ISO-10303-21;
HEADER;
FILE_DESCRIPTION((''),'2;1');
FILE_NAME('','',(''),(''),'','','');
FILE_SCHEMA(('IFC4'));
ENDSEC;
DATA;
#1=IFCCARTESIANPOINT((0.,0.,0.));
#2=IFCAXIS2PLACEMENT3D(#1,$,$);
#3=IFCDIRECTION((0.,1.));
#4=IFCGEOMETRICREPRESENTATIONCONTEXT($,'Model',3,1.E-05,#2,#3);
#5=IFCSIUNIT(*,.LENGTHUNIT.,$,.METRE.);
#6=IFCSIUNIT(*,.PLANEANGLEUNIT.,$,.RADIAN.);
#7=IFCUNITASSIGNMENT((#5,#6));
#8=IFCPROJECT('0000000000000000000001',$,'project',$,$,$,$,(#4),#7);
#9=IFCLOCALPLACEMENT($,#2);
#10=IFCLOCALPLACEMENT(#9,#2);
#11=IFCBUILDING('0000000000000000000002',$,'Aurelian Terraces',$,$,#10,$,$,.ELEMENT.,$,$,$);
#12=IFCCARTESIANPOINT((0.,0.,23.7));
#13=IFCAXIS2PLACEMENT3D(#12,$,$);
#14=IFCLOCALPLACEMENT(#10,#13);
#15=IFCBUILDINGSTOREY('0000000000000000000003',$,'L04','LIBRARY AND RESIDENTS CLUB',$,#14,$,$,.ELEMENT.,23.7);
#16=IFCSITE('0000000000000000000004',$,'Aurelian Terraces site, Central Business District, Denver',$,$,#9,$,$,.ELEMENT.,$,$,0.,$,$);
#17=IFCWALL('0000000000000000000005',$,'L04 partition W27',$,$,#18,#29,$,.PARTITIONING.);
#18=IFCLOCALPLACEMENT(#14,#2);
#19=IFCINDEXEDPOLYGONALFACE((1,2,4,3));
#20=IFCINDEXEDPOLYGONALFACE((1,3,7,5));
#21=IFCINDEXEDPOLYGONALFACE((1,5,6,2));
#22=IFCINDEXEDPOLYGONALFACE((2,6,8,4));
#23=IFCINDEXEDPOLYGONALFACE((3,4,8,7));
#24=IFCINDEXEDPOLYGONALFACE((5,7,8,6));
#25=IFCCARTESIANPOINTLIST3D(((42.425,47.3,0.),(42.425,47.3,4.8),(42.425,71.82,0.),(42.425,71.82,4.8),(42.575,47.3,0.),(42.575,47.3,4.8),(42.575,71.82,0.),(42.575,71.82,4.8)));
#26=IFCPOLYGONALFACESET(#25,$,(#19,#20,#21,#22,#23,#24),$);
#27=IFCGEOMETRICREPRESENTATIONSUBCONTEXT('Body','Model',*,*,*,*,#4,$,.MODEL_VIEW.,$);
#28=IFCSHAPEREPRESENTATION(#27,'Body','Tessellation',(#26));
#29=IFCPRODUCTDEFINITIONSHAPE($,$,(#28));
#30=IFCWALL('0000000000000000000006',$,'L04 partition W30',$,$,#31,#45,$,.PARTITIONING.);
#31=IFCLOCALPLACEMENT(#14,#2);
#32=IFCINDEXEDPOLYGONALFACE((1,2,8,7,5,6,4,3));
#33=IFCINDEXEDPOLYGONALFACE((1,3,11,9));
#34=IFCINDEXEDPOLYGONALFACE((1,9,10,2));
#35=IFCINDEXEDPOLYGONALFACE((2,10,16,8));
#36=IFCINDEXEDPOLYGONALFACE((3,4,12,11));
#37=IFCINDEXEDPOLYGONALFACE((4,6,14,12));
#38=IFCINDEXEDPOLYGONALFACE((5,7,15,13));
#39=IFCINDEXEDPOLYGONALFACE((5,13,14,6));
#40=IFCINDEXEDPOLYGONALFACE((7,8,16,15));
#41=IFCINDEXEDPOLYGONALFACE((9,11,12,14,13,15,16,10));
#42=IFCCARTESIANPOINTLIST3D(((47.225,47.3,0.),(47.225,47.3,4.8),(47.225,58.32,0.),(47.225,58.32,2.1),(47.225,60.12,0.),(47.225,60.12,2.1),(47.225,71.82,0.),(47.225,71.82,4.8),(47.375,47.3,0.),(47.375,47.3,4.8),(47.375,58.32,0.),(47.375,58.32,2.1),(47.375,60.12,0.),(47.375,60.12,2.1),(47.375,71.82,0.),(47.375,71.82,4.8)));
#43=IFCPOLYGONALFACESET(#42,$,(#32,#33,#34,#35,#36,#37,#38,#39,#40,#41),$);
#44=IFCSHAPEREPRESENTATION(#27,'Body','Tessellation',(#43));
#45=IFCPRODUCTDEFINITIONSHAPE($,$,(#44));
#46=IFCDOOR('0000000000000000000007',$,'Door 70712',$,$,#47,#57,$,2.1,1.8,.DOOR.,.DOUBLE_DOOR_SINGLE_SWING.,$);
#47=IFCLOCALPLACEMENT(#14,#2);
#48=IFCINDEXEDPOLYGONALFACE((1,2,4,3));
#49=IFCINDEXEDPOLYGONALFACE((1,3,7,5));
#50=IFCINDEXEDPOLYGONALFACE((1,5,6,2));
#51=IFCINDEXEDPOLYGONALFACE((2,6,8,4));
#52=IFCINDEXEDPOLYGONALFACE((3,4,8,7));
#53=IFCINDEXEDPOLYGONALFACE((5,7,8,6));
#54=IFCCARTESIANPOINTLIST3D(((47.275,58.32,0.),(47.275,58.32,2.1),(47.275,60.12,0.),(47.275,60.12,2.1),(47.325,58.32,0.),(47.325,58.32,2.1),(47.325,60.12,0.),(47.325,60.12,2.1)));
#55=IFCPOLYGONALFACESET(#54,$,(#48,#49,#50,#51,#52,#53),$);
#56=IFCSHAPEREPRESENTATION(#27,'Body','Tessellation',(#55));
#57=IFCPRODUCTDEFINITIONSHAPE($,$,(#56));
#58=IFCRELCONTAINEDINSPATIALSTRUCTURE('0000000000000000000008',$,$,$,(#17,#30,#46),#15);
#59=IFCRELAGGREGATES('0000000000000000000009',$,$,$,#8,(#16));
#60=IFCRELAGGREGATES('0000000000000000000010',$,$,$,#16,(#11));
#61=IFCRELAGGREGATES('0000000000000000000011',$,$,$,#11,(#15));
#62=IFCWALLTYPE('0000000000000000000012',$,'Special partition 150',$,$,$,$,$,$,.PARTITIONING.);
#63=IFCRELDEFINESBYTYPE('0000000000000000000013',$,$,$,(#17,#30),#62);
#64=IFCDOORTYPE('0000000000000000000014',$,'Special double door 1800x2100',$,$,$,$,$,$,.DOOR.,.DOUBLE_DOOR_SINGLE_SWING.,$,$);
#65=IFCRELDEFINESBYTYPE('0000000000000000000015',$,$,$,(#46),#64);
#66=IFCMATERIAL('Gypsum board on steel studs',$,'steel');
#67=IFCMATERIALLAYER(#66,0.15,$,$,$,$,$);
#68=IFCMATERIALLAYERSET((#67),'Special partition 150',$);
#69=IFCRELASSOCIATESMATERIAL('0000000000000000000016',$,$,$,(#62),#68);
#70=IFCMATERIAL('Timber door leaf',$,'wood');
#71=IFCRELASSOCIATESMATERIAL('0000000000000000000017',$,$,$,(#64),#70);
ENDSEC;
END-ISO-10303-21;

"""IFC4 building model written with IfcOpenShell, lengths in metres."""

from ifc_helpers import new_model, si_unit, direction, frame, frame_2d, origin, place, context, subcontext, project, spatial, rectangle, extrude, source, transform, mapped, material, layer, layer_set, type_object, element, fill, save


model = new_model("IFC4")

# Units and contexts
model_context = context("Model", 3, precision=1e-05, world=origin(), true_north=direction((0.0, 1.0)))
body_context = subcontext(model_context, "Body", "Model", "MODEL_VIEW")
ifc_project = project(units=[si_unit("LENGTHUNIT", "METRE"), si_unit("PLANEANGLEUNIT", "RADIAN")], contexts=[model_context])

# Site, building, storey
site_placement = place(None, origin())
site = spatial("IfcSite", under=ifc_project, at=site_placement, Name="Aurelian Terraces site, Central Business District, Denver", CompositionType="ELEMENT", RefElevation=0.0)
building_placement = place(site_placement, origin())
building = spatial("IfcBuilding", under=site, at=building_placement, Name="Aurelian Terraces", CompositionType="ELEMENT")
storey_placement = place(building_placement, frame((0.0, 0.0, 23.7)))
storey = spatial("IfcBuildingStorey", under=building, at=storey_placement, Name="L04", Description="LIBRARY AND RESIDENTS CLUB", CompositionType="ELEMENT", Elevation=23.7)

# Wall
ifc_material_1 = material(Name="Gypsum board on steel studs", Category="steel")
ifc_layer_1 = layer(ifc_material_1, 0.15)
ifc_layer_set_1 = layer_set([ifc_layer_1], Name="Special partition 150")
wall_type = type_object("IfcWallType", Name="Special partition 150", PredefinedType="PARTITIONING", material=ifc_layer_set_1)
shared_shape_1 = source(origin(), body_context, "Body", "SweptSolid", [
    extrude(rectangle(XDim=24.52, YDim=0.15, at=frame_2d((12.26, 0.0))), origin(), (0.0, 0.0, 1.0), 4.8),
])
wall_1_placement = place(storey_placement, frame((42.5, 47.3, 0.0), z_axis=(0.0, 0.0, 1.0), x_axis=(0.0, 1.0, 0.0)))
element("IfcWall", 1, at=wall_1_placement, inside=storey, type_object=wall_type, Name="L04 partition W27", PredefinedType="PARTITIONING", context=body_context, shape_type="MappedRepresentation", body=[
    mapped(shared_shape_1, transform((0.0, 0.0, 0.0), scale=1.0)),
])

# Wall, opening, door
wall_2_placement = place(storey_placement, frame((47.3, 47.3, 0.0), z_axis=(0.0, 0.0, 1.0), x_axis=(0.0, 1.0, 0.0)))
wall_2 = element("IfcWall", 2, at=wall_2_placement, inside=storey, type_object=wall_type, Name="L04 partition W30", PredefinedType="PARTITIONING", context=body_context, shape_type="MappedRepresentation", body=[
    mapped(shared_shape_1, transform((0.0, 0.0, 0.0), scale=1.0)),
])
shared_shape_2 = source(origin(), body_context, "Body", "SweptSolid", [
    extrude(rectangle(XDim=1.8, YDim=2.1, at=frame_2d((0.9, 1.05))), frame((0.0, 0.085, 0.0), z_axis=(0.0, -1.0, 0.0), x_axis=(1.0, 0.0, 0.0)), (0.0, 0.0, 1.0), 0.17),
])
opening_placement = place(wall_2_placement, frame((11.02, 0.0, 0.0)))
opening = element("IfcOpeningElement", 3, at=opening_placement, cuts=wall_2, PredefinedType="OPENING", context=body_context, shape_type="MappedRepresentation", body=[
    mapped(shared_shape_2, transform((0.0, 0.0, 0.0), scale=1.0)),
])
ifc_material_2 = material(Name="Timber door leaf", Category="wood")
door_type = type_object("IfcDoorType", Name="Special double door 1800x2100", OperationType="DOUBLE_DOOR_SINGLE_SWING", PredefinedType="DOOR", material=ifc_material_2)
shared_shape_3 = source(origin(), body_context, "Body", "SweptSolid", [
    extrude(rectangle(XDim=1.8, YDim=2.1, at=frame_2d((0.9, 1.05))), frame((0.0, 0.025, 0.0), z_axis=(0.0, -1.0, 0.0), x_axis=(1.0, 0.0, 0.0)), (0.0, 0.0, 1.0), 0.05),
])
door_placement = place(opening_placement, origin())
door = element("IfcDoor", 4, at=door_placement, inside=storey, type_object=door_type, Name="Door 70712", OperationType="DOUBLE_DOOR_SINGLE_SWING", OverallHeight=2.1, OverallWidth=1.8, PredefinedType="DOOR", context=body_context, shape_type="MappedRepresentation", body=[
    mapped(shared_shape_3, transform((0.0, 0.0, 0.0), scale=1.0)),
])
fill(opening, door)

save(model, "model.ifc")
